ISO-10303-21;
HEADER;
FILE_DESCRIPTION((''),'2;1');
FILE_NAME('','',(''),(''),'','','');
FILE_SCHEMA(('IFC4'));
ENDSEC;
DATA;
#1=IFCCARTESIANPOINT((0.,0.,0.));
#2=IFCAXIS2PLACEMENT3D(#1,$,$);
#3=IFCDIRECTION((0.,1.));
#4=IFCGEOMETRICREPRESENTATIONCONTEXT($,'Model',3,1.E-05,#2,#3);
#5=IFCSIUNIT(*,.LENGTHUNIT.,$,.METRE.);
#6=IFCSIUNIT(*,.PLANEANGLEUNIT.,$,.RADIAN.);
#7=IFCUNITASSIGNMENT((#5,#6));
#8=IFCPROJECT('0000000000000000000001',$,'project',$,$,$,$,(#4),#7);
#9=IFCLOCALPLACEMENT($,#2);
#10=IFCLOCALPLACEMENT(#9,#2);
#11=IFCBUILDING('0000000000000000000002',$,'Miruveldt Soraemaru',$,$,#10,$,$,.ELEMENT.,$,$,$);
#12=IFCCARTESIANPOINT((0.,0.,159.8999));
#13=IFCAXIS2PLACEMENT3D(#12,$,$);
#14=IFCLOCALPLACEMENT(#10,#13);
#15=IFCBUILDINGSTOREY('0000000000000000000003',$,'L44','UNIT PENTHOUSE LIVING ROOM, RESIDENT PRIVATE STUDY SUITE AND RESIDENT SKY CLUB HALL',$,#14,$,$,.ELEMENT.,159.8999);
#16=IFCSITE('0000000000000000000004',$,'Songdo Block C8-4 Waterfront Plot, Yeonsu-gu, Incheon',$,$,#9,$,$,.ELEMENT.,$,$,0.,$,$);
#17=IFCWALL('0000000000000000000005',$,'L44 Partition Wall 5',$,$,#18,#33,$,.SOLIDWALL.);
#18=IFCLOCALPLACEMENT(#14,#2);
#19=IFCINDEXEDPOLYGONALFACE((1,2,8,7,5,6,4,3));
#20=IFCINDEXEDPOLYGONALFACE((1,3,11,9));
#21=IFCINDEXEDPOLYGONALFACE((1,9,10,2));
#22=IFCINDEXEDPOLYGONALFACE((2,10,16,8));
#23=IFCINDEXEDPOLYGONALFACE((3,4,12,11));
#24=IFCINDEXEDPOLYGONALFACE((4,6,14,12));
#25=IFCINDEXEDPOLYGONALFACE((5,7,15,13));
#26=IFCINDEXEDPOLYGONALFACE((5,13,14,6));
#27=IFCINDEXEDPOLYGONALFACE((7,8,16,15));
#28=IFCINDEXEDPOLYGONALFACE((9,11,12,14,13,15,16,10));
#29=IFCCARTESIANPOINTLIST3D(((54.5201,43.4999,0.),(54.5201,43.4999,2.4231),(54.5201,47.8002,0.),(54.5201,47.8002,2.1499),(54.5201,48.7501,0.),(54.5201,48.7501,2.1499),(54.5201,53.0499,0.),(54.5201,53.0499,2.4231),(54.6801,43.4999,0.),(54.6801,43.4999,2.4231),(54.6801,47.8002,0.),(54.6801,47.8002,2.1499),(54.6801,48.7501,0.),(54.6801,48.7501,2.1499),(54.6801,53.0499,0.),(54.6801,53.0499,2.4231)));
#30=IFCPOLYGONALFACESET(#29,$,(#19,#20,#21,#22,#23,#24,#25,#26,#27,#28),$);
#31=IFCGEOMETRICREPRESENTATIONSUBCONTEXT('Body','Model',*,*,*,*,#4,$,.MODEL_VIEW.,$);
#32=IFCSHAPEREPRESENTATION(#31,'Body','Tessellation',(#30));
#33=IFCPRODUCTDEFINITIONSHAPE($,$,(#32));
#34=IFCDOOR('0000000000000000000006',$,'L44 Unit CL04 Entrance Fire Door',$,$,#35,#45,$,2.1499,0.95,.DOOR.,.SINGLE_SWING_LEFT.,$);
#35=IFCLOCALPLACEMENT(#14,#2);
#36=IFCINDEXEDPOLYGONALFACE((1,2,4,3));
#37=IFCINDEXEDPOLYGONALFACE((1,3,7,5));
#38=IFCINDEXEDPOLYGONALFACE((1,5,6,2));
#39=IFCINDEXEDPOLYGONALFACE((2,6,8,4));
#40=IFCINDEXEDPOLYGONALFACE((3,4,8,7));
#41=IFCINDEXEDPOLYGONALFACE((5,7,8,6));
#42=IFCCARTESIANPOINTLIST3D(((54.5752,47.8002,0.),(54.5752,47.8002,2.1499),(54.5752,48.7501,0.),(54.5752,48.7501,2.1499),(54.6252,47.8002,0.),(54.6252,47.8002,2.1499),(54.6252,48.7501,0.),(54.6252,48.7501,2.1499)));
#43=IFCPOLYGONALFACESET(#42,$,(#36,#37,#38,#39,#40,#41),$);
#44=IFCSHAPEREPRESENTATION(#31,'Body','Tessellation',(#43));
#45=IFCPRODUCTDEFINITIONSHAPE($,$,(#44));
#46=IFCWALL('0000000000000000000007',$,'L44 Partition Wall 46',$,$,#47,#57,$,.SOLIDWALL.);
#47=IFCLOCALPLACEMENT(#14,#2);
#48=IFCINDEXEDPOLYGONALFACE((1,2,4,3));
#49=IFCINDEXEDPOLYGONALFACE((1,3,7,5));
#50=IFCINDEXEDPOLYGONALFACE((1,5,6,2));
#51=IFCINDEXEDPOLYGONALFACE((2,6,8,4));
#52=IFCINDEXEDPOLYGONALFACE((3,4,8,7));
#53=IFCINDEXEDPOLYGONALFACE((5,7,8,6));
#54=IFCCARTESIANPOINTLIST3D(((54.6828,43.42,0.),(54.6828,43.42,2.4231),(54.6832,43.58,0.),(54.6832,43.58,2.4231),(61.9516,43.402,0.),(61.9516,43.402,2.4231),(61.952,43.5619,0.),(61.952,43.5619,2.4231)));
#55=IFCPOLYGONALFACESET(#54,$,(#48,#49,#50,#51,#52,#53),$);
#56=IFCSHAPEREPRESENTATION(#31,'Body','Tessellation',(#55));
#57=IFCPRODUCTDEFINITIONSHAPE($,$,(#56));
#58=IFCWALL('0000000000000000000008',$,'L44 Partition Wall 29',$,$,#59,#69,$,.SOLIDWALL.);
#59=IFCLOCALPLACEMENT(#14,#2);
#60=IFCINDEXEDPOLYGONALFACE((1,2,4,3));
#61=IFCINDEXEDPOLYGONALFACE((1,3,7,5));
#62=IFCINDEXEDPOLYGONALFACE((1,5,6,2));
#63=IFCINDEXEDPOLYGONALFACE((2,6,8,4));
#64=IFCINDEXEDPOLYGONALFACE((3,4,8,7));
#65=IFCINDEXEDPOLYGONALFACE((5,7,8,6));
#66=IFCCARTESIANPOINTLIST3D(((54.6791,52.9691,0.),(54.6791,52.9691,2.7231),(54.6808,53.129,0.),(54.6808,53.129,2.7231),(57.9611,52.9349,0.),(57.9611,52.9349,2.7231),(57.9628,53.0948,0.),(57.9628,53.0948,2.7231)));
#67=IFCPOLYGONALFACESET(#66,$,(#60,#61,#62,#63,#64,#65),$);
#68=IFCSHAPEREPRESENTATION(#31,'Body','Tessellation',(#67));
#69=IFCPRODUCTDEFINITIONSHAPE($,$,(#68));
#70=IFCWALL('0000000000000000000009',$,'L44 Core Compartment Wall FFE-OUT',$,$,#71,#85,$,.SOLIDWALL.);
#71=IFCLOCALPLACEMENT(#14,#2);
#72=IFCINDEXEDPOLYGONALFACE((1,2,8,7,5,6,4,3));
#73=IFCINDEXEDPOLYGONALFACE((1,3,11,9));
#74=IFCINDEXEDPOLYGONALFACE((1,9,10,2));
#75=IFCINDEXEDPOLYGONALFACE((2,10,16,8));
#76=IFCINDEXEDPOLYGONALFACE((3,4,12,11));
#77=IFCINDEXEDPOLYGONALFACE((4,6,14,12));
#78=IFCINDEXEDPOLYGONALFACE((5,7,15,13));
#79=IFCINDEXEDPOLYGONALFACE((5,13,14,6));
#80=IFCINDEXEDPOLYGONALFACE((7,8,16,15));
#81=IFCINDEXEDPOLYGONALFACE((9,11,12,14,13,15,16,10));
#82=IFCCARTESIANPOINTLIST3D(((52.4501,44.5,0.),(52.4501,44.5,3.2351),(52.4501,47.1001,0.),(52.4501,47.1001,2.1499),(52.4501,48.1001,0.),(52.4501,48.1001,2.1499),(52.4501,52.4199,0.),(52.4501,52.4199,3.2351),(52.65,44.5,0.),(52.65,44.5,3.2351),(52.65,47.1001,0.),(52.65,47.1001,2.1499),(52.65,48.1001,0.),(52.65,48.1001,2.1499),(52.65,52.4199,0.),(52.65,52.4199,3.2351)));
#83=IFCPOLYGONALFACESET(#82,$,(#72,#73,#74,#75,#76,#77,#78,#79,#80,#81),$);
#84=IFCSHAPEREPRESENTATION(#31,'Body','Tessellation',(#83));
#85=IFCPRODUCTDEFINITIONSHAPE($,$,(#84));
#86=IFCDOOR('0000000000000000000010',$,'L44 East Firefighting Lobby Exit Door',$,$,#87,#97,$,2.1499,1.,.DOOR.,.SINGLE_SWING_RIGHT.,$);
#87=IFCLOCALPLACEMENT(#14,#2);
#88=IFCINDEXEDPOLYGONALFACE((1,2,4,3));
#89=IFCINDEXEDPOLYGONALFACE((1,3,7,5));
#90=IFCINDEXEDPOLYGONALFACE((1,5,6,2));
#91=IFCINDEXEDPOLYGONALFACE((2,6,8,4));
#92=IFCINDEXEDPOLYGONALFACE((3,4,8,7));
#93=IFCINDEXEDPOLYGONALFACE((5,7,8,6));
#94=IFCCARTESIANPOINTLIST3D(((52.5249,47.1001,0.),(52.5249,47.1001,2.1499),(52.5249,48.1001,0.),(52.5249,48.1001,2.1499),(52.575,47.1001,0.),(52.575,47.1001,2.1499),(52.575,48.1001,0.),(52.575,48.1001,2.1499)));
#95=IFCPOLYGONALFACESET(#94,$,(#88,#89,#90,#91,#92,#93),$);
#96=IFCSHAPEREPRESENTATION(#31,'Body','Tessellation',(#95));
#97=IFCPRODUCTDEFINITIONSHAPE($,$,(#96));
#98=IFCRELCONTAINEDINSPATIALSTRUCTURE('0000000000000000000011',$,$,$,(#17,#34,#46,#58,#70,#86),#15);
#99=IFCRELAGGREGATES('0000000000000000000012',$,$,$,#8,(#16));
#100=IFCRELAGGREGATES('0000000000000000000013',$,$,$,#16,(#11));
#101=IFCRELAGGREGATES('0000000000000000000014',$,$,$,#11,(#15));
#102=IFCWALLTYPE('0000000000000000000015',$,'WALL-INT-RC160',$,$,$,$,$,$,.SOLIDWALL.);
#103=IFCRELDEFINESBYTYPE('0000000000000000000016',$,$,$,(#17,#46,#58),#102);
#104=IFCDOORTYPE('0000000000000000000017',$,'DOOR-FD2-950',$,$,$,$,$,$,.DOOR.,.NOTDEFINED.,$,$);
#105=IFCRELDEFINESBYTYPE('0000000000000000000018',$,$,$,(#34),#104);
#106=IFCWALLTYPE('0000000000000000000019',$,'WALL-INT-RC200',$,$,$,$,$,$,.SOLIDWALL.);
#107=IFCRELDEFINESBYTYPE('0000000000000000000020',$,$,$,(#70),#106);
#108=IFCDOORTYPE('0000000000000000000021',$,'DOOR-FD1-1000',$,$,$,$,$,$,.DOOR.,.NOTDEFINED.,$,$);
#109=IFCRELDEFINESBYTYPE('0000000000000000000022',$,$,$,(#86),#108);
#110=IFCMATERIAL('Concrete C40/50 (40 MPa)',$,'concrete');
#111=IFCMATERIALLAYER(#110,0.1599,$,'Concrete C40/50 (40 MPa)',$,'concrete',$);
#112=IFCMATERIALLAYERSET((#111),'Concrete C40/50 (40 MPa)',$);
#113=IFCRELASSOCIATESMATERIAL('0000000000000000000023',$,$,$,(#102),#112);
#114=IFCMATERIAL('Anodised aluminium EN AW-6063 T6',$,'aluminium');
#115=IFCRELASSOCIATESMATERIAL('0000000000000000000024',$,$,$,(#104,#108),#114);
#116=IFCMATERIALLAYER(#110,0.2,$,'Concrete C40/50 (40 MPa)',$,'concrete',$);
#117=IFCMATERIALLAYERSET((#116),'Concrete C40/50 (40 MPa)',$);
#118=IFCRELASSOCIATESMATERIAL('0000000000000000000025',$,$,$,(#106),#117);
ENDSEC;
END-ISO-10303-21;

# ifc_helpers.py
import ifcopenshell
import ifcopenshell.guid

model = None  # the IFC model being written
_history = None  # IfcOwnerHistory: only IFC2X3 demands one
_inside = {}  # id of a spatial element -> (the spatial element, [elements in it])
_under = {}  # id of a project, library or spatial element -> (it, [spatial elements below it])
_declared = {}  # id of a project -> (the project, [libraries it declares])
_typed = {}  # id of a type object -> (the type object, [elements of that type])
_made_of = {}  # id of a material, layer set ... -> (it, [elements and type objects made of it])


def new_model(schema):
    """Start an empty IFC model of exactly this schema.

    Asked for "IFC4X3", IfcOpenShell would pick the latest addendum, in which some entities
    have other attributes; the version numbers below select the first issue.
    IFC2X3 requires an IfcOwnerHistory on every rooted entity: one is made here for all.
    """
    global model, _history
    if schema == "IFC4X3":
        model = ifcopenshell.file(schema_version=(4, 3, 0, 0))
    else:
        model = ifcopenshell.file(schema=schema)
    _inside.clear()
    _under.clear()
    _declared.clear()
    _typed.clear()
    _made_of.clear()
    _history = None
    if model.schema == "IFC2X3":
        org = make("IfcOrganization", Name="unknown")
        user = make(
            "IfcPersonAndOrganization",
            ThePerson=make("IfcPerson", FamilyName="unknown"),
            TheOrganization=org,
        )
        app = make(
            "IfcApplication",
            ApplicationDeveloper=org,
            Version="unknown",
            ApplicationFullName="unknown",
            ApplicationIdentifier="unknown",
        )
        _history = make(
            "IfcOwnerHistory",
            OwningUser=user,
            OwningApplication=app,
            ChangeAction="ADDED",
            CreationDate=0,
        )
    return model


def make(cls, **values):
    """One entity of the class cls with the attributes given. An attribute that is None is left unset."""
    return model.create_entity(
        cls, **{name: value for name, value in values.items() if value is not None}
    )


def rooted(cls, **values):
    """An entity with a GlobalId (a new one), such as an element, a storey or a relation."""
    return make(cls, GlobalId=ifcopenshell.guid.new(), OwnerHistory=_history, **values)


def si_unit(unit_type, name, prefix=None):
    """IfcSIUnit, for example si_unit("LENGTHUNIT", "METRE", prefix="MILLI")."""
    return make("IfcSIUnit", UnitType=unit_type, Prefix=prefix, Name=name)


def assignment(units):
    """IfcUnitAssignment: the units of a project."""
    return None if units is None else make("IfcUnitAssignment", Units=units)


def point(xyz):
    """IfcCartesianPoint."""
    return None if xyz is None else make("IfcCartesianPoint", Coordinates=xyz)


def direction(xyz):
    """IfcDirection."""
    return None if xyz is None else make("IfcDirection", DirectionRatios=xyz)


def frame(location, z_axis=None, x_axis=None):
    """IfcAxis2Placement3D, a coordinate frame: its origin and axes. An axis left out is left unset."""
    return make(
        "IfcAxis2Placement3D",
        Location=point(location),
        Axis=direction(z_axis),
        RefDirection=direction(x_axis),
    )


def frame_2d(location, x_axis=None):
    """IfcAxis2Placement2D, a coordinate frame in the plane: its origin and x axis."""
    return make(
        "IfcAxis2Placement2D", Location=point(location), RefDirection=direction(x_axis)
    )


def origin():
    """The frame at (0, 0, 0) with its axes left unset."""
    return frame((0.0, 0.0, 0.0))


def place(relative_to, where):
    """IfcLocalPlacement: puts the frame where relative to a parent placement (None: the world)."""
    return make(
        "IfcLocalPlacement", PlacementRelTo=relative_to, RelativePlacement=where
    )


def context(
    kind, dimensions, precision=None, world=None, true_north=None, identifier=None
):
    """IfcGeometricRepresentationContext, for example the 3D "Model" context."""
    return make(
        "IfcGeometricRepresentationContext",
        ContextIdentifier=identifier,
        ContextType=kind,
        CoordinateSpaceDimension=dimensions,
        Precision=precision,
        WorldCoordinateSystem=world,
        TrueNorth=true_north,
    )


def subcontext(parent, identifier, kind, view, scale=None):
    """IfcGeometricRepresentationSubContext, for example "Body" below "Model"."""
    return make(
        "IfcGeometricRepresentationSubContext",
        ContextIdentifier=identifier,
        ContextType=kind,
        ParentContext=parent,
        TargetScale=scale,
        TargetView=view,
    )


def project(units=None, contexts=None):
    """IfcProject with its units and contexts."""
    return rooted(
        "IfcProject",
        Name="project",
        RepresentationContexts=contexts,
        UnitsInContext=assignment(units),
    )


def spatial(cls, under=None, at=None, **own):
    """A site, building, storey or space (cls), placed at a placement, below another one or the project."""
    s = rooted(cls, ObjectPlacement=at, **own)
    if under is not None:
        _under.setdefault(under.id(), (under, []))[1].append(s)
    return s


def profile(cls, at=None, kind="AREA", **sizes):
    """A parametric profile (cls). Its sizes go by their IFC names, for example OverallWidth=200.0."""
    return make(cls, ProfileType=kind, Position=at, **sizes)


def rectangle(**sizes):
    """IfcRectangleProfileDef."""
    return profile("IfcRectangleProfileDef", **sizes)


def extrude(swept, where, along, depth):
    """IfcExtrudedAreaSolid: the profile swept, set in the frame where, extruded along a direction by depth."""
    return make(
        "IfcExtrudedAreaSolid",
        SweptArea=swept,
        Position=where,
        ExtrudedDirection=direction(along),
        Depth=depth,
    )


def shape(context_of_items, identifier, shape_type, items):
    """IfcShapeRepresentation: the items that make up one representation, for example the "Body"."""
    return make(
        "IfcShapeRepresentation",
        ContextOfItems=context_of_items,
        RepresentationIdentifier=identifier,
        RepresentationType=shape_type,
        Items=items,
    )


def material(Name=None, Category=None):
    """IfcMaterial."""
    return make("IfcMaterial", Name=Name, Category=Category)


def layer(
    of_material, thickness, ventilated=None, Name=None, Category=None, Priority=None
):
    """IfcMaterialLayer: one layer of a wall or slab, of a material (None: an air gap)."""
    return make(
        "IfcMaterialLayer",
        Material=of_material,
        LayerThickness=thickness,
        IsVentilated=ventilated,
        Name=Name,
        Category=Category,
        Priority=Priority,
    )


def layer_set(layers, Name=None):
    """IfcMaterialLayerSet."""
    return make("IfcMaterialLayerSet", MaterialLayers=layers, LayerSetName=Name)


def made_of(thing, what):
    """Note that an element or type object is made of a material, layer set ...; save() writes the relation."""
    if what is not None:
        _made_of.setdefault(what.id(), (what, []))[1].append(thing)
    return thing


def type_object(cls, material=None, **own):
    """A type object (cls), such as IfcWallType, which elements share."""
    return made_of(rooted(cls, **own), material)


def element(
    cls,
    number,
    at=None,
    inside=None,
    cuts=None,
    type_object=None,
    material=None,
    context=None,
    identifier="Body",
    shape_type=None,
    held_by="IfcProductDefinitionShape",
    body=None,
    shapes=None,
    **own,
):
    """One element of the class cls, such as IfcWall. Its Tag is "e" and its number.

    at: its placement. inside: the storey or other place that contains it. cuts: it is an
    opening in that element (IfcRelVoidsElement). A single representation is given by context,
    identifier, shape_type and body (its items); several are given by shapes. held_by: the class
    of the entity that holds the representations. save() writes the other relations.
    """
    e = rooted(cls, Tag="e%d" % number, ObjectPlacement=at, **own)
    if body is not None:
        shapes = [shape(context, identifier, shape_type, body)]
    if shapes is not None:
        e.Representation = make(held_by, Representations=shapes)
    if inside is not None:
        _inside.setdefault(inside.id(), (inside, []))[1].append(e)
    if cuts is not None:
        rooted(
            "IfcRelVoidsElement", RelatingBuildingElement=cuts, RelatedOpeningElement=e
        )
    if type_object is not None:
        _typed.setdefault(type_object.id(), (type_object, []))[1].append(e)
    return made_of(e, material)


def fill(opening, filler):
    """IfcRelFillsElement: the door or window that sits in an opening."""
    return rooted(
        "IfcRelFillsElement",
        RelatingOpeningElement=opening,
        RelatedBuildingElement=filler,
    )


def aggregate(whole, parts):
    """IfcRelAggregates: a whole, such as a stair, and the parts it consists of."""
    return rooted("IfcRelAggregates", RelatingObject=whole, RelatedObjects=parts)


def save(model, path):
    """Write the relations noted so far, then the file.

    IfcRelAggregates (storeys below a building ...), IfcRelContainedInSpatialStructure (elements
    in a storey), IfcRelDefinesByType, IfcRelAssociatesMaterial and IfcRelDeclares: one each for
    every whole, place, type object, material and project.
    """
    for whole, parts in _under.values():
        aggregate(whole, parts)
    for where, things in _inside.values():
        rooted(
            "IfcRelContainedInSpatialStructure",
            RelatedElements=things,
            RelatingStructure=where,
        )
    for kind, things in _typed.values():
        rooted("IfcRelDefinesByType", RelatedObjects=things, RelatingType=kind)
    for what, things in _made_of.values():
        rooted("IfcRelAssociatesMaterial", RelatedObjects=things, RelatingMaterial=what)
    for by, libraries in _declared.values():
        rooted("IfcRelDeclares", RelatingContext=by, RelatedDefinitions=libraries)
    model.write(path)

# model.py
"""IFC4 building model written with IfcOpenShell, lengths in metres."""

from ifc_helpers import new_model, si_unit, direction, frame, frame_2d, origin, place, context, subcontext, project, spatial, rectangle, extrude, material, layer, layer_set, type_object, element, fill, save


model = new_model("IFC4")

# Units and contexts
model_context = context("Model", 3, precision=1e-05, world=origin(), true_north=direction((0.0, 1.0)))
body_context = subcontext(model_context, "Body", "Model", "MODEL_VIEW")
ifc_project = project(units=[si_unit("LENGTHUNIT", "METRE"), si_unit("PLANEANGLEUNIT", "RADIAN")], contexts=[model_context])

# Site, building, storey
site_placement = place(None, origin())
site = spatial("IfcSite", under=ifc_project, at=site_placement, Name="Songdo Block C8-4 Waterfront Plot, Yeonsu-gu, Incheon", CompositionType="ELEMENT", RefElevation=0.0)
building_placement = place(site_placement, origin())
building = spatial("IfcBuilding", under=site, at=building_placement, Name="Miruveldt Soraemaru", CompositionType="ELEMENT")
storey_placement = place(building_placement, frame((0.0, 0.0, 159.8999)))
storey = spatial("IfcBuildingStorey", under=building, at=storey_placement, Name="L44", Description="UNIT PENTHOUSE LIVING ROOM, RESIDENT PRIVATE STUDY SUITE AND RESIDENT SKY CLUB HALL", CompositionType="ELEMENT", Elevation=159.8999)

# Wall, opening, door
ifc_material_1 = material(Name="Concrete C40/50 (40 MPa)", Category="concrete")
ifc_layer_1 = layer(ifc_material_1, 0.1599, Name="Concrete C40/50 (40 MPa)", Category="concrete")
ifc_layer_set_1 = layer_set([ifc_layer_1], Name="Concrete C40/50 (40 MPa)")
wall_type_1 = type_object("IfcWallType", Name="WALL-INT-RC160", PredefinedType="SOLIDWALL", material=ifc_layer_set_1)
wall_1_placement = place(storey_placement, frame((54.6001, 43.5, 0.0), z_axis=(0.0, 0.0, 1.0), x_axis=(0.0, 1.0, 0.0)))
wall_1 = element("IfcWall", 1, at=wall_1_placement, inside=storey, type_object=wall_type_1, Name="L44 Partition Wall 5", PredefinedType="SOLIDWALL", context=body_context, shape_type="SweptSolid", body=[
    extrude(rectangle(XDim=9.55, YDim=0.1599, at=frame_2d((4.7749, 0.0))), origin(), (0.0, 0.0, 1.0), 2.4231),
])
opening_1_placement = place(wall_1_placement, frame((4.3, 0.0, 0.0)))
opening_1 = element("IfcOpeningElement", 2, at=opening_1_placement, cuts=wall_1, PredefinedType="OPENING", context=body_context, shape_type="SweptSolid", body=[
    extrude(rectangle(XDim=0.95, YDim=2.1499, at=frame_2d((0.4751, 1.075))), frame((0.0, 0.0898, 0.0), z_axis=(0.0, -1.0, 0.0), x_axis=(1.0, 0.0, 0.0)), (0.0, 0.0, 1.0), 0.1799),
])
ifc_material_2 = material(Name="Anodised aluminium EN AW-6063 T6", Category="aluminium")
door_type_1 = type_object("IfcDoorType", Name="DOOR-FD2-950", OperationType="NOTDEFINED", PredefinedType="DOOR", material=ifc_material_2)
door_1_placement = place(opening_1_placement, origin())
door_1 = element("IfcDoor", 3, at=door_1_placement, inside=storey, type_object=door_type_1, Name="L44 Unit CL04 Entrance Fire Door", OperationType="SINGLE_SWING_LEFT", OverallHeight=2.1499, OverallWidth=0.95, PredefinedType="DOOR", context=body_context, shape_type="SweptSolid", body=[
    extrude(rectangle(XDim=0.95, YDim=2.1499, at=frame_2d((0.4751, 1.075))), frame((0.0, 0.0249, 0.0), z_axis=(0.0, -1.0, 0.0), x_axis=(1.0, 0.0, 0.0)), (0.0, 0.0, 1.0), 0.05),
])
fill(opening_1, door_1)

# Walls
wall_2_placement = place(storey_placement, frame((54.6831, 43.5, 0.0), z_axis=(0.0, 0.0, 1.0), x_axis=(0.999997, -0.002485, 0.0)))
element("IfcWall", 4, at=wall_2_placement, inside=storey, type_object=wall_type_1, Name="L44 Partition Wall 46", PredefinedType="SOLIDWALL", context=body_context, shape_type="SweptSolid", body=[
    extrude(rectangle(XDim=7.2688, YDim=0.1599, at=frame_2d((3.6343, 0.0))), origin(), (0.0, 0.0, 1.0), 2.4231),
])
wall_3_placement = place(storey_placement, frame((54.6799, 53.0491, 0.0), z_axis=(0.0, 0.0, 1.0), x_axis=(0.999946, -0.010414, 0.0)))
element("IfcWall", 5, at=wall_3_placement, inside=storey, type_object=wall_type_1, Name="L44 Partition Wall 29", PredefinedType="SOLIDWALL", context=body_context, shape_type="SweptSolid", body=[
    extrude(rectangle(XDim=3.2822, YDim=0.1599, at=frame_2d((1.6411, 0.0))), origin(), (0.0, 0.0, 1.0), 2.7231),
])

# Wall, opening, door
ifc_layer_2 = layer(ifc_material_1, 0.2, Name="Concrete C40/50 (40 MPa)", Category="concrete")
ifc_layer_set_2 = layer_set([ifc_layer_2], Name="Concrete C40/50 (40 MPa)")
wall_type_2 = type_object("IfcWallType", Name="WALL-INT-RC200", PredefinedType="SOLIDWALL", material=ifc_layer_set_2)
wall_4_placement = place(storey_placement, frame((52.55, 44.5, 0.0), z_axis=(0.0, 0.0, 1.0), x_axis=(0.0, 1.0, 0.0)))
wall_4 = element("IfcWall", 6, at=wall_4_placement, inside=storey, type_object=wall_type_2, Name="L44 Core Compartment Wall FFE-OUT", PredefinedType="SOLIDWALL", context=body_context, shape_type="SweptSolid", body=[
    extrude(rectangle(XDim=7.9199, YDim=0.2, at=frame_2d((3.96, 0.0))), origin(), (0.0, 0.0, 1.0), 3.2351),
])
opening_2_placement = place(wall_4_placement, frame((2.6001, 0.0, 0.0)))
opening_2 = element("IfcOpeningElement", 7, at=opening_2_placement, cuts=wall_4, PredefinedType="OPENING", context=body_context, shape_type="SweptSolid", body=[
    extrude(rectangle(XDim=1.0, YDim=2.1499, at=frame_2d((0.5, 1.075))), frame((0.0, 0.1099, 0.0), z_axis=(0.0, -1.0, 0.0), x_axis=(1.0, 0.0, 0.0)), (0.0, 0.0, 1.0), 0.22),
])
door_type_2 = type_object("IfcDoorType", Name="DOOR-FD1-1000", OperationType="NOTDEFINED", PredefinedType="DOOR", material=ifc_material_2)
door_2_placement = place(opening_2_placement, frame((1.0, 0.0, 0.0), z_axis=(0.0, 0.0, 1.0), x_axis=(-1.0, 0.0, 0.0)))
door_2 = element("IfcDoor", 8, at=door_2_placement, inside=storey, type_object=door_type_2, Name="L44 East Firefighting Lobby Exit Door", OperationType="SINGLE_SWING_RIGHT", OverallHeight=2.1499, OverallWidth=1.0, PredefinedType="DOOR", context=body_context, shape_type="SweptSolid", body=[
    extrude(rectangle(XDim=1.0, YDim=2.1499, at=frame_2d((0.5, 1.075))), frame((0.0, 0.0249, 0.0), z_axis=(0.0, -1.0, 0.0), x_axis=(1.0, 0.0, 0.0)), (0.0, 0.0, 1.0), 0.05),
])
fill(opening_2, door_2)

save(model, "model.ifc")
